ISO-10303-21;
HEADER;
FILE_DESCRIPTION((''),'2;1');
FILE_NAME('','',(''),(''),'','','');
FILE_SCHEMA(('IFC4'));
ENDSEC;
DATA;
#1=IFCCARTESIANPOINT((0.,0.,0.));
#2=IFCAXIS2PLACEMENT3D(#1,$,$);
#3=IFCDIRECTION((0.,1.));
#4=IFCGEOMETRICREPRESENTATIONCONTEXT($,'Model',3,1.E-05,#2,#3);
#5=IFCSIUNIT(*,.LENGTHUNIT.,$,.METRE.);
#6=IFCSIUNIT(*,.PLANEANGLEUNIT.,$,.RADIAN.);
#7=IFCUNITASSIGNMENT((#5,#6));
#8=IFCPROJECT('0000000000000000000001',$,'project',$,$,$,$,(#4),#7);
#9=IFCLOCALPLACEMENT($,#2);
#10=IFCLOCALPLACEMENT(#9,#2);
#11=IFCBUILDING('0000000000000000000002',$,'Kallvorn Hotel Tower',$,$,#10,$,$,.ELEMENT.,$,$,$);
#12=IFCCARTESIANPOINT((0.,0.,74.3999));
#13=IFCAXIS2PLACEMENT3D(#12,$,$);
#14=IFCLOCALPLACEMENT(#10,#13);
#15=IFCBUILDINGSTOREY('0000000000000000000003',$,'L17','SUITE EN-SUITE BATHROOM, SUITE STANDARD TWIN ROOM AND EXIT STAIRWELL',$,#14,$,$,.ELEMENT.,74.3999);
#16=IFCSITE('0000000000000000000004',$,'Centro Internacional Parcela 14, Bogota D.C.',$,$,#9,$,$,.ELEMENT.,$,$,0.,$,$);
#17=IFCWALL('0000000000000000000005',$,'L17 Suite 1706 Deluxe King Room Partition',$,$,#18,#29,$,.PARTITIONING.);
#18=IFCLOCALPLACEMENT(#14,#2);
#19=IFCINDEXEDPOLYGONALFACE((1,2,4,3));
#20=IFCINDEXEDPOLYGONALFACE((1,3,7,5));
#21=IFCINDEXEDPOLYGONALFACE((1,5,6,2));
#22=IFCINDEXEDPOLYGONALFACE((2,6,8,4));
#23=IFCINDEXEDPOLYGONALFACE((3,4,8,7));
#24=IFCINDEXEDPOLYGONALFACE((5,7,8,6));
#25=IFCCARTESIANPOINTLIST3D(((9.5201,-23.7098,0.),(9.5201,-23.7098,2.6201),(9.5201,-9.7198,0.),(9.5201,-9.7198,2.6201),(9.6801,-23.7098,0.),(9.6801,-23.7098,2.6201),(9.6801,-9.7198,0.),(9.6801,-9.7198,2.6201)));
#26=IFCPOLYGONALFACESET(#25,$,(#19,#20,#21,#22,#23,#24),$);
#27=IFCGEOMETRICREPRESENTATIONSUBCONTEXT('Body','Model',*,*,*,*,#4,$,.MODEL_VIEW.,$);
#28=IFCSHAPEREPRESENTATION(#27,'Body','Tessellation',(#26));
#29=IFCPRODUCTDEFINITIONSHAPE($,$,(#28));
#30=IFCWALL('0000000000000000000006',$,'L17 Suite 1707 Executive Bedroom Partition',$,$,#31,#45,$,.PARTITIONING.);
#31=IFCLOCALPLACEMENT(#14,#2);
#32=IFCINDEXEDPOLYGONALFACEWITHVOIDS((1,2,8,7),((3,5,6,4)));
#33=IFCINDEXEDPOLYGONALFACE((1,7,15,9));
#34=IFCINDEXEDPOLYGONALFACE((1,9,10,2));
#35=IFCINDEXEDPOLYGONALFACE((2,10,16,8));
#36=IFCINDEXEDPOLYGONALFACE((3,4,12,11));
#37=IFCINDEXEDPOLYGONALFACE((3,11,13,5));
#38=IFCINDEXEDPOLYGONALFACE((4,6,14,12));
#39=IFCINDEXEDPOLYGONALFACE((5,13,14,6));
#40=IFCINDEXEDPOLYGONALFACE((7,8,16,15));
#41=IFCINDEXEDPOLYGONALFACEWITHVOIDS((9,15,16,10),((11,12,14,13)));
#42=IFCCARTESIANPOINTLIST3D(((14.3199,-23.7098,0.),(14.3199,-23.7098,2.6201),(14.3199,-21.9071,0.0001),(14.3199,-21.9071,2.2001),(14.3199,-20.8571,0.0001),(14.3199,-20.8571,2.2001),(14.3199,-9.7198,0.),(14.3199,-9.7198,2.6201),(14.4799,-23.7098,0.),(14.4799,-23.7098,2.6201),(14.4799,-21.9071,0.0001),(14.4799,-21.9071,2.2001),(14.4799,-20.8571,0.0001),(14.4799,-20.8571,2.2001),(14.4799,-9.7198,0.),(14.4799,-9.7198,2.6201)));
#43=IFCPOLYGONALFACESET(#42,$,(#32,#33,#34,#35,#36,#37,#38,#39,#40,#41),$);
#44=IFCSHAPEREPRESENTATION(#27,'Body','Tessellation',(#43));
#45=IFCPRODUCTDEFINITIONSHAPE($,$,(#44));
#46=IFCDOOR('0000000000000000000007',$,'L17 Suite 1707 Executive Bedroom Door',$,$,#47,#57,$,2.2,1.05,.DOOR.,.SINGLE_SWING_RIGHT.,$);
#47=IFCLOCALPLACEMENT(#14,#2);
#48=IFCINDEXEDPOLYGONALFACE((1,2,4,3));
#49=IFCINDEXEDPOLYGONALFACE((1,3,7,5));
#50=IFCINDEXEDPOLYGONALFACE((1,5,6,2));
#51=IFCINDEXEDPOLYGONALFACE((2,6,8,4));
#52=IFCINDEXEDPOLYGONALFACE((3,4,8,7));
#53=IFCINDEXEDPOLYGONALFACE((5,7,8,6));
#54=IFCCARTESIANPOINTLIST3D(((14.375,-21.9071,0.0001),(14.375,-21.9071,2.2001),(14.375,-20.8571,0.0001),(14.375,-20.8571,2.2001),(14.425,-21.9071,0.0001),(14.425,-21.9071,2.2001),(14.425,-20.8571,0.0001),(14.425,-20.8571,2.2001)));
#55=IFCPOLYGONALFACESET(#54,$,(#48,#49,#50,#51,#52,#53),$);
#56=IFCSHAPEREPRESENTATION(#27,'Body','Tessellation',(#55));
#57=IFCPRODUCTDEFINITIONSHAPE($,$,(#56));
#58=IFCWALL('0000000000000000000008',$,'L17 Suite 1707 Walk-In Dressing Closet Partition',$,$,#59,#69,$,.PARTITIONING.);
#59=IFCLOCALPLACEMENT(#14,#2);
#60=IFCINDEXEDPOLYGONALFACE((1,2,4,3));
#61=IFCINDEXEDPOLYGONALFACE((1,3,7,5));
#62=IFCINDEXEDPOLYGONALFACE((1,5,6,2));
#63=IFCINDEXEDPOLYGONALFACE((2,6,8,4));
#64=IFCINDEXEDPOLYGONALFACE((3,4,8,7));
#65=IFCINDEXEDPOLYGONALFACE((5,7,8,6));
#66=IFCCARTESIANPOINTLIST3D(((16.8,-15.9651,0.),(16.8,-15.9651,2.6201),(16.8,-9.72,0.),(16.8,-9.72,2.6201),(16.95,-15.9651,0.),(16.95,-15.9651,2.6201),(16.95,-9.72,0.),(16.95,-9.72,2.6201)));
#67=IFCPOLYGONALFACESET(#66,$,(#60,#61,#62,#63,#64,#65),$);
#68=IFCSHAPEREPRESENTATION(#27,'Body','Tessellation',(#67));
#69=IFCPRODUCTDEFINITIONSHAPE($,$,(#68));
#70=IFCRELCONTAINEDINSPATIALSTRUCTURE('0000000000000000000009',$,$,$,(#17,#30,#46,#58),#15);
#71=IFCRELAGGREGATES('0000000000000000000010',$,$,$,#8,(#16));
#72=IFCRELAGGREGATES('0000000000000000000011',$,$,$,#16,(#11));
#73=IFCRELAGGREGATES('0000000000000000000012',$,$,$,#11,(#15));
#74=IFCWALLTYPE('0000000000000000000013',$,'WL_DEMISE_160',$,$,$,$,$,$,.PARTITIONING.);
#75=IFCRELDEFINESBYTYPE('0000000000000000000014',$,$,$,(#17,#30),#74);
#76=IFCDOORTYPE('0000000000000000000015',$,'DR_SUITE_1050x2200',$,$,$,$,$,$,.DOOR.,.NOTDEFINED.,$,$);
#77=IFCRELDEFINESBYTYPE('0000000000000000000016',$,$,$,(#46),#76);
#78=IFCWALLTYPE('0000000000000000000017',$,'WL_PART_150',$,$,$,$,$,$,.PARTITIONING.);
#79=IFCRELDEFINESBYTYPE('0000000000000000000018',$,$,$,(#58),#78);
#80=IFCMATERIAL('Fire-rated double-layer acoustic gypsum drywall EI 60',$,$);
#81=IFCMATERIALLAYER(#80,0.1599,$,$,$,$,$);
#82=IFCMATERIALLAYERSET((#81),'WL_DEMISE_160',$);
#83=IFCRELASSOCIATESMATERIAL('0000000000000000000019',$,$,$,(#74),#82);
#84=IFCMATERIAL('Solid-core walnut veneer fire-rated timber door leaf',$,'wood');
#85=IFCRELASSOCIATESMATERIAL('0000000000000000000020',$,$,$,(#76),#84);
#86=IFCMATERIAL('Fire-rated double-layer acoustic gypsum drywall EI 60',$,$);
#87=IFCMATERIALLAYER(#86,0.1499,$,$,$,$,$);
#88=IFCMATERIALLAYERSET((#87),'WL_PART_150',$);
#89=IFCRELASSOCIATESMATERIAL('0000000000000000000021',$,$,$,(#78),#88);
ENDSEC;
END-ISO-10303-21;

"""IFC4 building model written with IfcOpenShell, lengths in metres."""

from ifc_helpers import new_model, si_unit, direction, frame, frame_2d, origin, place, context, subcontext, project, spatial, rectangle, extrude, material, layer, layer_set, type_object, element, fill, save


model = new_model("IFC4")

# Units and contexts
model_context = context("Model", 3, precision=1e-05, world=origin(), true_north=direction((0.0, 1.0)))
body_context = subcontext(model_context, "Body", "Model", "MODEL_VIEW")
ifc_project = project(units=[si_unit("LENGTHUNIT", "METRE"), si_unit("PLANEANGLEUNIT", "RADIAN")], contexts=[model_context])

# Site, building, storey
site_placement = place(None, origin())
site = spatial("IfcSite", under=ifc_project, at=site_placement, Name="Centro Internacional Parcela 14, Bogota D.C.", CompositionType="ELEMENT", RefElevation=0.0)
building_placement = place(site_placement, origin())
building = spatial("IfcBuilding", under=site, at=building_placement, Name="Kallvorn Hotel Tower", CompositionType="ELEMENT")
storey_placement = place(building_placement, frame((0.0, 0.0, 74.3999)))
storey = spatial("IfcBuildingStorey", under=building, at=storey_placement, Name="L17", Description="SUITE EN-SUITE BATHROOM, SUITE STANDARD TWIN ROOM AND EXIT STAIRWELL", CompositionType="ELEMENT", Elevation=74.3999)

# Shared definitions
ifc_material_1 = material(Name="Fire-rated double-layer acoustic gypsum drywall EI 60")
ifc_layer_1 = layer(ifc_material_1, 0.1599)
ifc_layer_set_1 = layer_set([ifc_layer_1], Name="WL_DEMISE_160")
wall_type_1 = type_object("IfcWallType", Name="WL_DEMISE_160", PredefinedType="PARTITIONING", material=ifc_layer_set_1)

# Wall
wall_1_placement = place(storey_placement, frame((9.6001, -23.71, 0.0), z_axis=(0.0, 0.0, 1.0), x_axis=(0.0, 1.0, 0.0)))
element("IfcWall", 1, at=wall_1_placement, inside=storey, type_object=wall_type_1, Name="L17 Suite 1706 Deluxe King Room Partition", PredefinedType="PARTITIONING", context=body_context, shape_type="SweptSolid", body=[
    extrude(rectangle(XDim=13.99, YDim=0.1599, at=frame_2d((6.9951, 0.0))), origin(), (0.0, 0.0, 1.0), 2.6201),
])

# Wall, opening, door
wall_2_placement = place(storey_placement, frame((14.3999, -23.71, 0.0), z_axis=(0.0, 0.0, 1.0), x_axis=(0.0, 1.0, 0.0)))
wall_2 = element("IfcWall", 2, at=wall_2_placement, inside=storey, type_object=wall_type_1, Name="L17 Suite 1707 Executive Bedroom Partition", PredefinedType="PARTITIONING", context=body_context, shape_type="SweptSolid", body=[
    extrude(rectangle(XDim=13.99, YDim=0.1599, at=frame_2d((6.9951, 0.0))), origin(), (0.0, 0.0, 1.0), 2.6201),
])
opening_1_placement = place(wall_2_placement, frame((1.803, 0.0, 0.0)))
opening_1 = element("IfcOpeningElement", 3, at=opening_1_placement, cuts=wall_2, PredefinedType="OPENING", context=body_context, shape_type="SweptSolid", body=[
    extrude(rectangle(XDim=1.05, YDim=2.2, at=frame_2d((0.5249, 1.1001))), frame((0.0, 0.095, 0.0), z_axis=(0.0, -1.0, 0.0), x_axis=(1.0, 0.0, 0.0)), (0.0, 0.0, 1.0), 0.1899),
])
ifc_material_2 = material(Name="Solid-core walnut veneer fire-rated timber door leaf", Category="wood")
door_type_1 = type_object("IfcDoorType", Name="DR_SUITE_1050x2200", OperationType="NOTDEFINED", PredefinedType="DOOR", material=ifc_material_2)
door_1_placement = place(opening_1_placement, origin())
door_1 = element("IfcDoor", 4, at=door_1_placement, inside=storey, type_object=door_type_1, Name="L17 Suite 1707 Executive Bedroom Door", OperationType="SINGLE_SWING_RIGHT", OverallHeight=2.2, OverallWidth=1.05, PredefinedType="DOOR", context=body_context, shape_type="SweptSolid", body=[
    extrude(rectangle(XDim=1.05, YDim=2.2, at=frame_2d((0.5249, 1.1001))), frame((0.0, 0.0249, 0.0), z_axis=(0.0, -1.0, 0.0), x_axis=(1.0, 0.0, 0.0)), (0.0, 0.0, 1.0), 0.05),
])
fill(opening_1, door_1)

# Wall
ifc_material_3 = material(Name="Fire-rated double-layer acoustic gypsum drywall EI 60")
ifc_layer_2 = layer(ifc_material_3, 0.1499)
ifc_layer_set_2 = layer_set([ifc_layer_2], Name="WL_PART_150")
wall_type_2 = type_object("IfcWallType", Name="WL_PART_150", PredefinedType="PARTITIONING", material=ifc_layer_set_2)
wall_3_placement = place(storey_placement, frame((16.875, -15.9651, 0.0), z_axis=(0.0, 0.0, 1.0), x_axis=(0.0, 1.0, 0.0)))
element("IfcWall", 5, at=wall_3_placement, inside=storey, type_object=wall_type_2, Name="L17 Suite 1707 Walk-In Dressing Closet Partition", PredefinedType="PARTITIONING", context=body_context, shape_type="SweptSolid", body=[
    extrude(rectangle(XDim=6.2451, YDim=0.1499, at=frame_2d((3.1226, 0.0))), origin(), (0.0, 0.0, 1.0), 2.6201),
])

save(model, "model.ifc")
